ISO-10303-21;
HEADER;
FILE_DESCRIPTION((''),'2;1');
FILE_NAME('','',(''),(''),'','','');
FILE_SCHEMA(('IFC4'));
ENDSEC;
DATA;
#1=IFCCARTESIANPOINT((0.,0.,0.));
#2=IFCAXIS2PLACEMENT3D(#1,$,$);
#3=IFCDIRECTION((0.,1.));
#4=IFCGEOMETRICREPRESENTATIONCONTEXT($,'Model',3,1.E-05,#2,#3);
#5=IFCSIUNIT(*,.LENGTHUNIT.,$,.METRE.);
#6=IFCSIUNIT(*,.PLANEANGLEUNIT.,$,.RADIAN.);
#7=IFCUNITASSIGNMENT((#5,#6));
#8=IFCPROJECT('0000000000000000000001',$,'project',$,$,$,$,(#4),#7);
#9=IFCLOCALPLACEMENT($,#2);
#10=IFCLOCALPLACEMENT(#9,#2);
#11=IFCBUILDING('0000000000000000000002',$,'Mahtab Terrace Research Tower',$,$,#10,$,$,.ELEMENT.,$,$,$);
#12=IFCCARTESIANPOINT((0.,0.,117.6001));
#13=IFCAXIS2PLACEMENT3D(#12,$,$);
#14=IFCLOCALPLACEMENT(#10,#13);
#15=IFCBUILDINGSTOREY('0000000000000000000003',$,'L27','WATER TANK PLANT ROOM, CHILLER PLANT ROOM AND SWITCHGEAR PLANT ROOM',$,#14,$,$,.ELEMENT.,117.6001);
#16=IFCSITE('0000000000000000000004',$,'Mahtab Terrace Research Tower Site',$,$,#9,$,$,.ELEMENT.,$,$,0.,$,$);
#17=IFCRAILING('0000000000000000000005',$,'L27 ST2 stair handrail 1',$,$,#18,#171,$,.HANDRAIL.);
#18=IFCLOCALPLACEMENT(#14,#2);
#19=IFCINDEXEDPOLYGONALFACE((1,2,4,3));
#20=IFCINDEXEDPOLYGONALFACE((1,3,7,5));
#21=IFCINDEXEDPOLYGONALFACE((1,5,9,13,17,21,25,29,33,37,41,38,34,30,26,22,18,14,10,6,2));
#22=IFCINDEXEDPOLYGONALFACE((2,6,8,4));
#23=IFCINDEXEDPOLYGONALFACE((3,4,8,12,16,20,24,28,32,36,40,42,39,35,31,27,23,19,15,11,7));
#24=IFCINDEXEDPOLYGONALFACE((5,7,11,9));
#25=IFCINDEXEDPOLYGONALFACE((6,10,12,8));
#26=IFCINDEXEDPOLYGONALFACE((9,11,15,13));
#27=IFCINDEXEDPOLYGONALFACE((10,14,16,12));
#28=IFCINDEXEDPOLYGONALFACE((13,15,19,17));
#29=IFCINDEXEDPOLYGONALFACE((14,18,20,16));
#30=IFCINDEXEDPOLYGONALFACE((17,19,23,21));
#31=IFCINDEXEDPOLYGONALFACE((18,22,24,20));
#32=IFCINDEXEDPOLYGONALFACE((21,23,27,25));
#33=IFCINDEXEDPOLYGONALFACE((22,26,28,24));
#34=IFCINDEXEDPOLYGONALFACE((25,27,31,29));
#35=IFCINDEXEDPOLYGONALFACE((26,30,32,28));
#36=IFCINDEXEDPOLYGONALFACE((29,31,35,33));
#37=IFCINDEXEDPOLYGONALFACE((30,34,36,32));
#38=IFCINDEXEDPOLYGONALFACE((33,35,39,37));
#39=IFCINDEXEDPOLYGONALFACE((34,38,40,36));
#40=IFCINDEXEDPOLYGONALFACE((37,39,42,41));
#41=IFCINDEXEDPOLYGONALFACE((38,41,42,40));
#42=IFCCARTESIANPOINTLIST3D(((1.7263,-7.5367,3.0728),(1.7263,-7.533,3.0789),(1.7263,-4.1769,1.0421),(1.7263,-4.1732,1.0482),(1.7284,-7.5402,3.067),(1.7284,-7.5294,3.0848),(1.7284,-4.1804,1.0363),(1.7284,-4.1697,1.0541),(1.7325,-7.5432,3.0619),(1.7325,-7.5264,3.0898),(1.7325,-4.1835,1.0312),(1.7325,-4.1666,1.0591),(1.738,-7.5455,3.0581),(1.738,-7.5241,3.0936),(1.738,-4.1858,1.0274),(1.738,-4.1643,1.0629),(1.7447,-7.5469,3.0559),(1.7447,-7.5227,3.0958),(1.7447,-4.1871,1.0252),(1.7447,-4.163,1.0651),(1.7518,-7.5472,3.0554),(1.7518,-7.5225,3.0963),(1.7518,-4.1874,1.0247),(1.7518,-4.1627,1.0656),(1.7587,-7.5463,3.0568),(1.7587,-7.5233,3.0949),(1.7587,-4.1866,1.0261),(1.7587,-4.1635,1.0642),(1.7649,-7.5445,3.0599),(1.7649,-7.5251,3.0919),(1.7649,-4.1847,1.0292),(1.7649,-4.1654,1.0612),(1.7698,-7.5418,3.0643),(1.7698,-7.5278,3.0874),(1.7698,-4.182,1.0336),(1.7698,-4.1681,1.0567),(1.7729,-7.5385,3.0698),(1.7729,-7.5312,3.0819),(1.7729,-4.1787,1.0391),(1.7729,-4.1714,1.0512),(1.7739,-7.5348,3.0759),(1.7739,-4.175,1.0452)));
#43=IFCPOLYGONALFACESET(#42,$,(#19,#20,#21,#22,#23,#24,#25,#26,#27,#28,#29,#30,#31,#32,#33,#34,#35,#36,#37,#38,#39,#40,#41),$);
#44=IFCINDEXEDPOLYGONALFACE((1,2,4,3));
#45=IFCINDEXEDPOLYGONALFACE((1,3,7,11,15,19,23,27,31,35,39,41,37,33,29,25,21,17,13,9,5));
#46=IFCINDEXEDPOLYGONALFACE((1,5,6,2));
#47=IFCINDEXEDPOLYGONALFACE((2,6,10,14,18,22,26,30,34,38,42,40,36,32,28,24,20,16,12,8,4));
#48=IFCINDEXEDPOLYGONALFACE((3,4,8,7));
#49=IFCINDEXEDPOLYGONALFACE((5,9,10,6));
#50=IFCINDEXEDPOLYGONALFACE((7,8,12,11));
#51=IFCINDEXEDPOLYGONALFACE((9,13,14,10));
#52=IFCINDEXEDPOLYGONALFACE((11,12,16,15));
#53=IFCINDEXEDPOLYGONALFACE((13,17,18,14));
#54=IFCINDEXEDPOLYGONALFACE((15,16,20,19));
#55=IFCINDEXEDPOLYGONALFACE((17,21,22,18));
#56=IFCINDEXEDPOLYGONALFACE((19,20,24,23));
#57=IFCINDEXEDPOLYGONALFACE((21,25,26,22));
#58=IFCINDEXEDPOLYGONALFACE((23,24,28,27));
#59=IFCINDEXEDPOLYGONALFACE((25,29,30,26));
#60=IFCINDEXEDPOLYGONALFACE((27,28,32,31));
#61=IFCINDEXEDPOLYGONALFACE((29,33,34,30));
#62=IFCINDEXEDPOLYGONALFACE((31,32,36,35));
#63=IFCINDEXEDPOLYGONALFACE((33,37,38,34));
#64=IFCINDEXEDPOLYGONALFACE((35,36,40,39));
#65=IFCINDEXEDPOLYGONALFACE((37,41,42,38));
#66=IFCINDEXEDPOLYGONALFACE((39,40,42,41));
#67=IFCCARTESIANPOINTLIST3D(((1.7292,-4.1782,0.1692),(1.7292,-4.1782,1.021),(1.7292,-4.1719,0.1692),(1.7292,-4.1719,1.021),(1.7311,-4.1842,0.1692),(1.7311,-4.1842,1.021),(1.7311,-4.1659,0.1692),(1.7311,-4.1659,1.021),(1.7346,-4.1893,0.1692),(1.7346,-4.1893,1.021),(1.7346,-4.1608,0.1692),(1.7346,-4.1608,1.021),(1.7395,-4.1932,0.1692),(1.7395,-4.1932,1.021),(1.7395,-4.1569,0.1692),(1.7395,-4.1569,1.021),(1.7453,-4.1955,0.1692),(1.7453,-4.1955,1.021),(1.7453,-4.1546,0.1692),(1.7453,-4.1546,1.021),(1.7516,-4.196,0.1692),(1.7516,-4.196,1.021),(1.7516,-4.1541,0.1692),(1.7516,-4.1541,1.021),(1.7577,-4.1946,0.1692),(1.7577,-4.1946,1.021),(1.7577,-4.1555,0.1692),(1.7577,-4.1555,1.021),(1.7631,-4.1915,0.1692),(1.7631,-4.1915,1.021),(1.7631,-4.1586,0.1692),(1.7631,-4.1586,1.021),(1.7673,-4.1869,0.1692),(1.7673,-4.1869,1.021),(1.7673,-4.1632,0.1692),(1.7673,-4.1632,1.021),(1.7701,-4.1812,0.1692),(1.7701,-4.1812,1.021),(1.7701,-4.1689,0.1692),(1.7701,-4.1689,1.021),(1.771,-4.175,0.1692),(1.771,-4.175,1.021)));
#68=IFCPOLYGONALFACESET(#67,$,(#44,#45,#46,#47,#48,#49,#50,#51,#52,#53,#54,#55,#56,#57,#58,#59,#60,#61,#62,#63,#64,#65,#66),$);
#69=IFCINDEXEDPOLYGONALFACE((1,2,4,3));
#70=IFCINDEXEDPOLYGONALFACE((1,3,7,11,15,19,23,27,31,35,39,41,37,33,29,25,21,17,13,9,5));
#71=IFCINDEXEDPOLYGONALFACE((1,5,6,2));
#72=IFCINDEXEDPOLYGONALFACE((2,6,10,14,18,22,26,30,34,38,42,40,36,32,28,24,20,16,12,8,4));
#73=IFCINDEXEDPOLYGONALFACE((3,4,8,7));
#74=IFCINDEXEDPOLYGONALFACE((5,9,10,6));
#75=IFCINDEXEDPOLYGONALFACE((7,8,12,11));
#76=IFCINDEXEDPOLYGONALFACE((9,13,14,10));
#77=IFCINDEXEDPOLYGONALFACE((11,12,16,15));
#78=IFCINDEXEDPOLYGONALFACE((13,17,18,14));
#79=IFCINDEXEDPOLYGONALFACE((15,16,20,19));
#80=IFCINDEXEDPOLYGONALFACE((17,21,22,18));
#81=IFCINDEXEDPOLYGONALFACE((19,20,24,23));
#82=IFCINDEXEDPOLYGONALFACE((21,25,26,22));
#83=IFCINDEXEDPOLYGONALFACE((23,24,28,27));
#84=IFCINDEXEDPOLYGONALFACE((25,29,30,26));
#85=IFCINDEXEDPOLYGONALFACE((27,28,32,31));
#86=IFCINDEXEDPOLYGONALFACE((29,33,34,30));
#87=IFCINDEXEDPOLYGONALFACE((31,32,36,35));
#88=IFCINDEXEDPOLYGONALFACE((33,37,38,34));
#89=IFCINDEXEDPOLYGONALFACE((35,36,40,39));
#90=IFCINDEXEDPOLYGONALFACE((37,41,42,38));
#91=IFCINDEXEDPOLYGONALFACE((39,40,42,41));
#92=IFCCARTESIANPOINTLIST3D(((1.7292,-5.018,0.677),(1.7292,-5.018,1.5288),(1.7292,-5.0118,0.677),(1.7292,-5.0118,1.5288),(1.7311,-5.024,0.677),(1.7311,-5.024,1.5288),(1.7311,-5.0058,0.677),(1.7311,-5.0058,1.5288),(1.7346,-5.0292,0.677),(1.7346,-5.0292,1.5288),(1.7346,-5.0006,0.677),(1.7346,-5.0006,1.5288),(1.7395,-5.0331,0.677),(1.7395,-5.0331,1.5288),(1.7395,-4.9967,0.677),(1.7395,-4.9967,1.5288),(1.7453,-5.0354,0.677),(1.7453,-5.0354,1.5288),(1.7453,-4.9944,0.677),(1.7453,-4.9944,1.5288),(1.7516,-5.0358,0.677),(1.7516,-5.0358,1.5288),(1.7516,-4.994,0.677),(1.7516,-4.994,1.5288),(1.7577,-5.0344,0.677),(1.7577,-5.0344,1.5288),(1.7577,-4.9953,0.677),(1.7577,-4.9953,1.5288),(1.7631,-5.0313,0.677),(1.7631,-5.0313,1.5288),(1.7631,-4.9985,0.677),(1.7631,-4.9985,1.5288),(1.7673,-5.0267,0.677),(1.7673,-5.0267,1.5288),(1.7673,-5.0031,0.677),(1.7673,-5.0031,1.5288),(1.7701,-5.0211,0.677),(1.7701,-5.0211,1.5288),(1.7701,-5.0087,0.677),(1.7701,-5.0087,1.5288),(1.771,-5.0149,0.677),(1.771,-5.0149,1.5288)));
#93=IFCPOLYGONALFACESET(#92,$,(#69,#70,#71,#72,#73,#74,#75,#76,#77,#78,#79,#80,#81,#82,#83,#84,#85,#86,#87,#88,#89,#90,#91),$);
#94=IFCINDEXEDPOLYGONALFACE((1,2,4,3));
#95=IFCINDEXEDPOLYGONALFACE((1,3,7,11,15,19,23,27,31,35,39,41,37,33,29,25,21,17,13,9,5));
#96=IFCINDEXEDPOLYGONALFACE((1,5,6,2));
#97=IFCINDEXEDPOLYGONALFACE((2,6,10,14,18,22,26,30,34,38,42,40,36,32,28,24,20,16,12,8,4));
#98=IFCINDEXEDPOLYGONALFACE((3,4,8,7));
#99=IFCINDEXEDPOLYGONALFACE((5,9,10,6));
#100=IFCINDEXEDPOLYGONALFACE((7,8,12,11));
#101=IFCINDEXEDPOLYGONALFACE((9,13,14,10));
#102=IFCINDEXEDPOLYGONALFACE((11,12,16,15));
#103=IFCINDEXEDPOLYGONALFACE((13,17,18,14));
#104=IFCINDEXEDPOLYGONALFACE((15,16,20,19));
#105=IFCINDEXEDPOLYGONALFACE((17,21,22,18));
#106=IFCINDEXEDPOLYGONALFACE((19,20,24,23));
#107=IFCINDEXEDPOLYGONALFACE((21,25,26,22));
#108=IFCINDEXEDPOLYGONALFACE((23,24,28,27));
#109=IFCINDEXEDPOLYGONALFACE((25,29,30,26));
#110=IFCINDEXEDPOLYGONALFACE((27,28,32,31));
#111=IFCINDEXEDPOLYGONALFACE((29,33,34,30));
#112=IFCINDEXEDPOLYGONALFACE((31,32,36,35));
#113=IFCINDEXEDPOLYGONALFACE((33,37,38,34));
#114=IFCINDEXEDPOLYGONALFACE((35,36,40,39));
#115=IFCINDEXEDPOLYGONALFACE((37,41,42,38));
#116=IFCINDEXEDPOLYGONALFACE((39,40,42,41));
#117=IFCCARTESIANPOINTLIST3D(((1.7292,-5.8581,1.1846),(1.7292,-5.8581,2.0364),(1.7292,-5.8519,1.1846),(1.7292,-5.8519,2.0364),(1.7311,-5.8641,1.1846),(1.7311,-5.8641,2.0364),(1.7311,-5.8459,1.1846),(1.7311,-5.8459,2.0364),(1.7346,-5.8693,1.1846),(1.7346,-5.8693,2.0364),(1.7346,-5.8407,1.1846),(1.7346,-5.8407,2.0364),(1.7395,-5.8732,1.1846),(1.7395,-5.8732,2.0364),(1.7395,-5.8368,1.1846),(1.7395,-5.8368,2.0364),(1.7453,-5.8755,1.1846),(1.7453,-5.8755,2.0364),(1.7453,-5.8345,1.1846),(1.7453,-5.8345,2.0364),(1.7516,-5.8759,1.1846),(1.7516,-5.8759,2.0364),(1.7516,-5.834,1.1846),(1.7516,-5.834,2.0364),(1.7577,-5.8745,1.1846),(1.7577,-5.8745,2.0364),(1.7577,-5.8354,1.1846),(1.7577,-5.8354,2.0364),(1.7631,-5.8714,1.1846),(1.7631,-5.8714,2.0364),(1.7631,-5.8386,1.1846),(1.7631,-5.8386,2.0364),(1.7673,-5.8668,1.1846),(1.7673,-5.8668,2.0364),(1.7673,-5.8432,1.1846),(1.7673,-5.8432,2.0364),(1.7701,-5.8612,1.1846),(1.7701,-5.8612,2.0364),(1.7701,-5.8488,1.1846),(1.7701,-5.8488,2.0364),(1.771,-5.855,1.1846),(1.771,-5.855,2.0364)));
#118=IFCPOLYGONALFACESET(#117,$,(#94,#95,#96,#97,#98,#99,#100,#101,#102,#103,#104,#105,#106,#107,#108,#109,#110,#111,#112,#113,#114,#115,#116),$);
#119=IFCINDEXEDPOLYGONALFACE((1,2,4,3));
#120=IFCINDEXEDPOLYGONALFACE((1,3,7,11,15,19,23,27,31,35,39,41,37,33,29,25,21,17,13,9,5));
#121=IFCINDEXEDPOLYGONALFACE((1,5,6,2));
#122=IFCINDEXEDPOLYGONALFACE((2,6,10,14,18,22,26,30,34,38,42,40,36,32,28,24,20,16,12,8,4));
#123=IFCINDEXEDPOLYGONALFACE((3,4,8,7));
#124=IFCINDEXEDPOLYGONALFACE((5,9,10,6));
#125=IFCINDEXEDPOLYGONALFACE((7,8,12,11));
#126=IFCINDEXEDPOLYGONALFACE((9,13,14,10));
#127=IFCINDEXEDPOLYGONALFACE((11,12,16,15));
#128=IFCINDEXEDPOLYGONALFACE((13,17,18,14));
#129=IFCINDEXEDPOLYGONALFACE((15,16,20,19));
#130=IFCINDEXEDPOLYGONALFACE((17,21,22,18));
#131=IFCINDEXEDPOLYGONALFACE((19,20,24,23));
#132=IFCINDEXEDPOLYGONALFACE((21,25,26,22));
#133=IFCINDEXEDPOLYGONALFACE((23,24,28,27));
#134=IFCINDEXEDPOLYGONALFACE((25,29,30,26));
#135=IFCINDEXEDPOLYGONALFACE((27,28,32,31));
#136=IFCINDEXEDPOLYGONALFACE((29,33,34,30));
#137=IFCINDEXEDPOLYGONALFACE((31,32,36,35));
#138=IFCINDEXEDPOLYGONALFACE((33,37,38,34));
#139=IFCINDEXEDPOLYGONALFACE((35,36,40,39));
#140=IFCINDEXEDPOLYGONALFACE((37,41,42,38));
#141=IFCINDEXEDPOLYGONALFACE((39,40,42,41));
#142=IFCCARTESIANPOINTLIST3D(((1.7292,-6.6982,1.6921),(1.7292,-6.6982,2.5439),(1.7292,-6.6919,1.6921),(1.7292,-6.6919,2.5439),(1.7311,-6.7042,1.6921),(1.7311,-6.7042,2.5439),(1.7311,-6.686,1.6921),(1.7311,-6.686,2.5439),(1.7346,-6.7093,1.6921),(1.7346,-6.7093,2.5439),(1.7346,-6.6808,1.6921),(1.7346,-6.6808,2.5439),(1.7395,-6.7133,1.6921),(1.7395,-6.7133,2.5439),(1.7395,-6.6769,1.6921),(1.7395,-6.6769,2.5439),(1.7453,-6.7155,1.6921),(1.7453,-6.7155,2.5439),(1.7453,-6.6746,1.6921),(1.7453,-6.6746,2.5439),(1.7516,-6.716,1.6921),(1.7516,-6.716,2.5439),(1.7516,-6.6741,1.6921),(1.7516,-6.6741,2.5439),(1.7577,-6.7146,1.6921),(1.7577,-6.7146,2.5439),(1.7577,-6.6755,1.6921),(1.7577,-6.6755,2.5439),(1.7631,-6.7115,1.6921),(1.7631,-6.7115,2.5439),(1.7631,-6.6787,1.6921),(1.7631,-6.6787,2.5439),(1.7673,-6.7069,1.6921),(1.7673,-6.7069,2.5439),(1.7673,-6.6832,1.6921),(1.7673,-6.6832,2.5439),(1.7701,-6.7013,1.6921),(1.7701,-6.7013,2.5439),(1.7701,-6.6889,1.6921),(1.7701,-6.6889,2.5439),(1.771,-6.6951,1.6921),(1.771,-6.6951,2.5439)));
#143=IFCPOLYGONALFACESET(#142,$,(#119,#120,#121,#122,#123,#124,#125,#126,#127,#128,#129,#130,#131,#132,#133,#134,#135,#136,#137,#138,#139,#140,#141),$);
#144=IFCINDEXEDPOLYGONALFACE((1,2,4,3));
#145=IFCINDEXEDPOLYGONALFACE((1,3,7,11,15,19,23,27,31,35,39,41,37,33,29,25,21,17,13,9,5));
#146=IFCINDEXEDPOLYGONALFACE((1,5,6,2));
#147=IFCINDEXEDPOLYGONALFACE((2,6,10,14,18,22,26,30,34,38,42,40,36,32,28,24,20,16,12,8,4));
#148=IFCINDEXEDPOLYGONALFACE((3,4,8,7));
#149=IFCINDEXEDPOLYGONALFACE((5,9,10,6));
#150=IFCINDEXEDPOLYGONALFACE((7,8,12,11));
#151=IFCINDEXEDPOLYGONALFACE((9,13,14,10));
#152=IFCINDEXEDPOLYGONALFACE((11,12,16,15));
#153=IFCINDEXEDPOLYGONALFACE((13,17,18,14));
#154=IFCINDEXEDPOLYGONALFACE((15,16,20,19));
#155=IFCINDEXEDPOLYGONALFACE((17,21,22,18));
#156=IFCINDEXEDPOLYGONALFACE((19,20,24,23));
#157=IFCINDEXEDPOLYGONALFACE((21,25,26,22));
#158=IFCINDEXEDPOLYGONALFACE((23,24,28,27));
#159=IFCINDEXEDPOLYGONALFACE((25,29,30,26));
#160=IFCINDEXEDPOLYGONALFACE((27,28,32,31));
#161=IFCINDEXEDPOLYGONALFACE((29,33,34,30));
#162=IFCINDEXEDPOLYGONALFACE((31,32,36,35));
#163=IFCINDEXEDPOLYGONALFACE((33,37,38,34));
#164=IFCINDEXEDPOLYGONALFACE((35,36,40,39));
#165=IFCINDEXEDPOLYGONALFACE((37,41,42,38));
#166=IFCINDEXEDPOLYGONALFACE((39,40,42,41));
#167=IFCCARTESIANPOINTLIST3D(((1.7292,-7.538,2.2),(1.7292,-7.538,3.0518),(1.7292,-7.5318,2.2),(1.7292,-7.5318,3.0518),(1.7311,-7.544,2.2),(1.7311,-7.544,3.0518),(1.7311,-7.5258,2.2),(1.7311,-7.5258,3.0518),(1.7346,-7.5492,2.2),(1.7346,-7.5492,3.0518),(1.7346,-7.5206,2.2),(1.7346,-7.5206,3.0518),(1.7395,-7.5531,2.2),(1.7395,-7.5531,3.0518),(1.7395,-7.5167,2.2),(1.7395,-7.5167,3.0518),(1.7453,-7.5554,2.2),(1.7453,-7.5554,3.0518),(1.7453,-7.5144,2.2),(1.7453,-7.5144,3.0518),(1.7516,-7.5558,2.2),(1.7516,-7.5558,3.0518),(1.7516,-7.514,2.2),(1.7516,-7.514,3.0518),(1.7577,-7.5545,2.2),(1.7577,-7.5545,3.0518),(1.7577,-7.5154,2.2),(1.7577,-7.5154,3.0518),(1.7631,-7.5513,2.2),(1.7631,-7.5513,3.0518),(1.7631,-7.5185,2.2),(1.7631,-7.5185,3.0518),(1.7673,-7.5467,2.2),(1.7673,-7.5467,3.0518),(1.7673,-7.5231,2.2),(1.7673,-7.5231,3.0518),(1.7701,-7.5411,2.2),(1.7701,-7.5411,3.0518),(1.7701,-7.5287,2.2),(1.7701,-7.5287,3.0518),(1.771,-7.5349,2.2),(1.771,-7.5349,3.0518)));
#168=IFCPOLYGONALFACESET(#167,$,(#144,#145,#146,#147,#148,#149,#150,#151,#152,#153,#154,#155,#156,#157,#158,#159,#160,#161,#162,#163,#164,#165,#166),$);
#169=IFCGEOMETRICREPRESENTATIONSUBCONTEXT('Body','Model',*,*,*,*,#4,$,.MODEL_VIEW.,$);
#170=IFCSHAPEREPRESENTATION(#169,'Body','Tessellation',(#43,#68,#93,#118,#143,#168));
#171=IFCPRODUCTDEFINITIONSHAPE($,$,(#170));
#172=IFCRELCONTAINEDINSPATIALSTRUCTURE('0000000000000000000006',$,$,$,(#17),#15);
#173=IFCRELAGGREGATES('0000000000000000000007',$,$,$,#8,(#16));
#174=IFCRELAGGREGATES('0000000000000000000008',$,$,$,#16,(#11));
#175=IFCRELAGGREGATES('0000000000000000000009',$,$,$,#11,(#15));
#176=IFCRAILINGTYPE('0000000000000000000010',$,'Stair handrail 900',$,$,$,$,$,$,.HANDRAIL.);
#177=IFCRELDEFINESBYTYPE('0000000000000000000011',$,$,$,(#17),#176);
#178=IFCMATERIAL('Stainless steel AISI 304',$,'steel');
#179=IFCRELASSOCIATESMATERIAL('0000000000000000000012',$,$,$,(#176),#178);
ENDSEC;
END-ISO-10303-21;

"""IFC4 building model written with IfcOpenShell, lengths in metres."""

from ifc_helpers import new_model, si_unit, direction, frame, origin, origin_2d, place, context, subcontext, project, spatial, circle, extrude, material, type_object, element, save


model = new_model("IFC4")

# Units and contexts
model_context = context("Model", 3, precision=1e-05, world=origin(), true_north=direction((0.0, 1.0)))
body_context = subcontext(model_context, "Body", "Model", "MODEL_VIEW")
ifc_project = project(units=[si_unit("LENGTHUNIT", "METRE"), si_unit("PLANEANGLEUNIT", "RADIAN")], contexts=[model_context])

# Site, building, storey
site_placement = place(None, origin())
site = spatial("IfcSite", under=ifc_project, at=site_placement, Name="Mahtab Terrace Research Tower Site", CompositionType="ELEMENT", RefElevation=0.0)
building_placement = place(site_placement, origin())
building = spatial("IfcBuilding", under=site, at=building_placement, Name="Mahtab Terrace Research Tower", CompositionType="ELEMENT")
storey_placement = place(building_placement, frame((0.0, 0.0, 117.6001)))
storey = spatial("IfcBuildingStorey", under=building, at=storey_placement, Name="L27", Description="WATER TANK PLANT ROOM, CHILLER PLANT ROOM AND SWITCHGEAR PLANT ROOM", CompositionType="ELEMENT", Elevation=117.6001)

# Railing
ifc_material_1 = material(Name="Stainless steel AISI 304", Category="steel")
railing_type_1 = type_object("IfcRailingType", Name="Stair handrail 900", PredefinedType="HANDRAIL", material=ifc_material_1)
railing_1_placement = place(storey_placement, frame((1.75, -4.175, 0.1692)))
element("IfcRailing", 1, at=railing_1_placement, inside=storey, type_object=railing_type_1, Name="L27 ST2 stair handrail 1", PredefinedType="HANDRAIL", context=body_context, shape_type="SweptSolid", body=[
    extrude(circle(Radius=0.0239, at=origin_2d()), frame((0.0, 0.0, 0.876), z_axis=(0.0, -0.85582, 0.517273), x_axis=(1.0, 0.0, 0.0)), (0.0, 0.0, 1.0), 3.9258),
    extrude(circle(Radius=0.021, at=origin_2d()), origin(), (0.0, 0.0, 1.0), 0.8518),
    extrude(circle(Radius=0.021, at=origin_2d()), frame((0.0, -0.8398, 0.5078)), (0.0, 0.0, 1.0), 0.8518),
    extrude(circle(Radius=0.021, at=origin_2d()), frame((0.0, -1.6799, 1.0154)), (0.0, 0.0, 1.0), 0.8518),
    extrude(circle(Radius=0.021, at=origin_2d()), frame((0.0, -2.52, 1.5229)), (0.0, 0.0, 1.0), 0.8518),
    extrude(circle(Radius=0.021, at=origin_2d()), frame((0.0, -3.3599, 2.0308)), (0.0, 0.0, 1.0), 0.8518),
])

save(model, "model.ifc")
